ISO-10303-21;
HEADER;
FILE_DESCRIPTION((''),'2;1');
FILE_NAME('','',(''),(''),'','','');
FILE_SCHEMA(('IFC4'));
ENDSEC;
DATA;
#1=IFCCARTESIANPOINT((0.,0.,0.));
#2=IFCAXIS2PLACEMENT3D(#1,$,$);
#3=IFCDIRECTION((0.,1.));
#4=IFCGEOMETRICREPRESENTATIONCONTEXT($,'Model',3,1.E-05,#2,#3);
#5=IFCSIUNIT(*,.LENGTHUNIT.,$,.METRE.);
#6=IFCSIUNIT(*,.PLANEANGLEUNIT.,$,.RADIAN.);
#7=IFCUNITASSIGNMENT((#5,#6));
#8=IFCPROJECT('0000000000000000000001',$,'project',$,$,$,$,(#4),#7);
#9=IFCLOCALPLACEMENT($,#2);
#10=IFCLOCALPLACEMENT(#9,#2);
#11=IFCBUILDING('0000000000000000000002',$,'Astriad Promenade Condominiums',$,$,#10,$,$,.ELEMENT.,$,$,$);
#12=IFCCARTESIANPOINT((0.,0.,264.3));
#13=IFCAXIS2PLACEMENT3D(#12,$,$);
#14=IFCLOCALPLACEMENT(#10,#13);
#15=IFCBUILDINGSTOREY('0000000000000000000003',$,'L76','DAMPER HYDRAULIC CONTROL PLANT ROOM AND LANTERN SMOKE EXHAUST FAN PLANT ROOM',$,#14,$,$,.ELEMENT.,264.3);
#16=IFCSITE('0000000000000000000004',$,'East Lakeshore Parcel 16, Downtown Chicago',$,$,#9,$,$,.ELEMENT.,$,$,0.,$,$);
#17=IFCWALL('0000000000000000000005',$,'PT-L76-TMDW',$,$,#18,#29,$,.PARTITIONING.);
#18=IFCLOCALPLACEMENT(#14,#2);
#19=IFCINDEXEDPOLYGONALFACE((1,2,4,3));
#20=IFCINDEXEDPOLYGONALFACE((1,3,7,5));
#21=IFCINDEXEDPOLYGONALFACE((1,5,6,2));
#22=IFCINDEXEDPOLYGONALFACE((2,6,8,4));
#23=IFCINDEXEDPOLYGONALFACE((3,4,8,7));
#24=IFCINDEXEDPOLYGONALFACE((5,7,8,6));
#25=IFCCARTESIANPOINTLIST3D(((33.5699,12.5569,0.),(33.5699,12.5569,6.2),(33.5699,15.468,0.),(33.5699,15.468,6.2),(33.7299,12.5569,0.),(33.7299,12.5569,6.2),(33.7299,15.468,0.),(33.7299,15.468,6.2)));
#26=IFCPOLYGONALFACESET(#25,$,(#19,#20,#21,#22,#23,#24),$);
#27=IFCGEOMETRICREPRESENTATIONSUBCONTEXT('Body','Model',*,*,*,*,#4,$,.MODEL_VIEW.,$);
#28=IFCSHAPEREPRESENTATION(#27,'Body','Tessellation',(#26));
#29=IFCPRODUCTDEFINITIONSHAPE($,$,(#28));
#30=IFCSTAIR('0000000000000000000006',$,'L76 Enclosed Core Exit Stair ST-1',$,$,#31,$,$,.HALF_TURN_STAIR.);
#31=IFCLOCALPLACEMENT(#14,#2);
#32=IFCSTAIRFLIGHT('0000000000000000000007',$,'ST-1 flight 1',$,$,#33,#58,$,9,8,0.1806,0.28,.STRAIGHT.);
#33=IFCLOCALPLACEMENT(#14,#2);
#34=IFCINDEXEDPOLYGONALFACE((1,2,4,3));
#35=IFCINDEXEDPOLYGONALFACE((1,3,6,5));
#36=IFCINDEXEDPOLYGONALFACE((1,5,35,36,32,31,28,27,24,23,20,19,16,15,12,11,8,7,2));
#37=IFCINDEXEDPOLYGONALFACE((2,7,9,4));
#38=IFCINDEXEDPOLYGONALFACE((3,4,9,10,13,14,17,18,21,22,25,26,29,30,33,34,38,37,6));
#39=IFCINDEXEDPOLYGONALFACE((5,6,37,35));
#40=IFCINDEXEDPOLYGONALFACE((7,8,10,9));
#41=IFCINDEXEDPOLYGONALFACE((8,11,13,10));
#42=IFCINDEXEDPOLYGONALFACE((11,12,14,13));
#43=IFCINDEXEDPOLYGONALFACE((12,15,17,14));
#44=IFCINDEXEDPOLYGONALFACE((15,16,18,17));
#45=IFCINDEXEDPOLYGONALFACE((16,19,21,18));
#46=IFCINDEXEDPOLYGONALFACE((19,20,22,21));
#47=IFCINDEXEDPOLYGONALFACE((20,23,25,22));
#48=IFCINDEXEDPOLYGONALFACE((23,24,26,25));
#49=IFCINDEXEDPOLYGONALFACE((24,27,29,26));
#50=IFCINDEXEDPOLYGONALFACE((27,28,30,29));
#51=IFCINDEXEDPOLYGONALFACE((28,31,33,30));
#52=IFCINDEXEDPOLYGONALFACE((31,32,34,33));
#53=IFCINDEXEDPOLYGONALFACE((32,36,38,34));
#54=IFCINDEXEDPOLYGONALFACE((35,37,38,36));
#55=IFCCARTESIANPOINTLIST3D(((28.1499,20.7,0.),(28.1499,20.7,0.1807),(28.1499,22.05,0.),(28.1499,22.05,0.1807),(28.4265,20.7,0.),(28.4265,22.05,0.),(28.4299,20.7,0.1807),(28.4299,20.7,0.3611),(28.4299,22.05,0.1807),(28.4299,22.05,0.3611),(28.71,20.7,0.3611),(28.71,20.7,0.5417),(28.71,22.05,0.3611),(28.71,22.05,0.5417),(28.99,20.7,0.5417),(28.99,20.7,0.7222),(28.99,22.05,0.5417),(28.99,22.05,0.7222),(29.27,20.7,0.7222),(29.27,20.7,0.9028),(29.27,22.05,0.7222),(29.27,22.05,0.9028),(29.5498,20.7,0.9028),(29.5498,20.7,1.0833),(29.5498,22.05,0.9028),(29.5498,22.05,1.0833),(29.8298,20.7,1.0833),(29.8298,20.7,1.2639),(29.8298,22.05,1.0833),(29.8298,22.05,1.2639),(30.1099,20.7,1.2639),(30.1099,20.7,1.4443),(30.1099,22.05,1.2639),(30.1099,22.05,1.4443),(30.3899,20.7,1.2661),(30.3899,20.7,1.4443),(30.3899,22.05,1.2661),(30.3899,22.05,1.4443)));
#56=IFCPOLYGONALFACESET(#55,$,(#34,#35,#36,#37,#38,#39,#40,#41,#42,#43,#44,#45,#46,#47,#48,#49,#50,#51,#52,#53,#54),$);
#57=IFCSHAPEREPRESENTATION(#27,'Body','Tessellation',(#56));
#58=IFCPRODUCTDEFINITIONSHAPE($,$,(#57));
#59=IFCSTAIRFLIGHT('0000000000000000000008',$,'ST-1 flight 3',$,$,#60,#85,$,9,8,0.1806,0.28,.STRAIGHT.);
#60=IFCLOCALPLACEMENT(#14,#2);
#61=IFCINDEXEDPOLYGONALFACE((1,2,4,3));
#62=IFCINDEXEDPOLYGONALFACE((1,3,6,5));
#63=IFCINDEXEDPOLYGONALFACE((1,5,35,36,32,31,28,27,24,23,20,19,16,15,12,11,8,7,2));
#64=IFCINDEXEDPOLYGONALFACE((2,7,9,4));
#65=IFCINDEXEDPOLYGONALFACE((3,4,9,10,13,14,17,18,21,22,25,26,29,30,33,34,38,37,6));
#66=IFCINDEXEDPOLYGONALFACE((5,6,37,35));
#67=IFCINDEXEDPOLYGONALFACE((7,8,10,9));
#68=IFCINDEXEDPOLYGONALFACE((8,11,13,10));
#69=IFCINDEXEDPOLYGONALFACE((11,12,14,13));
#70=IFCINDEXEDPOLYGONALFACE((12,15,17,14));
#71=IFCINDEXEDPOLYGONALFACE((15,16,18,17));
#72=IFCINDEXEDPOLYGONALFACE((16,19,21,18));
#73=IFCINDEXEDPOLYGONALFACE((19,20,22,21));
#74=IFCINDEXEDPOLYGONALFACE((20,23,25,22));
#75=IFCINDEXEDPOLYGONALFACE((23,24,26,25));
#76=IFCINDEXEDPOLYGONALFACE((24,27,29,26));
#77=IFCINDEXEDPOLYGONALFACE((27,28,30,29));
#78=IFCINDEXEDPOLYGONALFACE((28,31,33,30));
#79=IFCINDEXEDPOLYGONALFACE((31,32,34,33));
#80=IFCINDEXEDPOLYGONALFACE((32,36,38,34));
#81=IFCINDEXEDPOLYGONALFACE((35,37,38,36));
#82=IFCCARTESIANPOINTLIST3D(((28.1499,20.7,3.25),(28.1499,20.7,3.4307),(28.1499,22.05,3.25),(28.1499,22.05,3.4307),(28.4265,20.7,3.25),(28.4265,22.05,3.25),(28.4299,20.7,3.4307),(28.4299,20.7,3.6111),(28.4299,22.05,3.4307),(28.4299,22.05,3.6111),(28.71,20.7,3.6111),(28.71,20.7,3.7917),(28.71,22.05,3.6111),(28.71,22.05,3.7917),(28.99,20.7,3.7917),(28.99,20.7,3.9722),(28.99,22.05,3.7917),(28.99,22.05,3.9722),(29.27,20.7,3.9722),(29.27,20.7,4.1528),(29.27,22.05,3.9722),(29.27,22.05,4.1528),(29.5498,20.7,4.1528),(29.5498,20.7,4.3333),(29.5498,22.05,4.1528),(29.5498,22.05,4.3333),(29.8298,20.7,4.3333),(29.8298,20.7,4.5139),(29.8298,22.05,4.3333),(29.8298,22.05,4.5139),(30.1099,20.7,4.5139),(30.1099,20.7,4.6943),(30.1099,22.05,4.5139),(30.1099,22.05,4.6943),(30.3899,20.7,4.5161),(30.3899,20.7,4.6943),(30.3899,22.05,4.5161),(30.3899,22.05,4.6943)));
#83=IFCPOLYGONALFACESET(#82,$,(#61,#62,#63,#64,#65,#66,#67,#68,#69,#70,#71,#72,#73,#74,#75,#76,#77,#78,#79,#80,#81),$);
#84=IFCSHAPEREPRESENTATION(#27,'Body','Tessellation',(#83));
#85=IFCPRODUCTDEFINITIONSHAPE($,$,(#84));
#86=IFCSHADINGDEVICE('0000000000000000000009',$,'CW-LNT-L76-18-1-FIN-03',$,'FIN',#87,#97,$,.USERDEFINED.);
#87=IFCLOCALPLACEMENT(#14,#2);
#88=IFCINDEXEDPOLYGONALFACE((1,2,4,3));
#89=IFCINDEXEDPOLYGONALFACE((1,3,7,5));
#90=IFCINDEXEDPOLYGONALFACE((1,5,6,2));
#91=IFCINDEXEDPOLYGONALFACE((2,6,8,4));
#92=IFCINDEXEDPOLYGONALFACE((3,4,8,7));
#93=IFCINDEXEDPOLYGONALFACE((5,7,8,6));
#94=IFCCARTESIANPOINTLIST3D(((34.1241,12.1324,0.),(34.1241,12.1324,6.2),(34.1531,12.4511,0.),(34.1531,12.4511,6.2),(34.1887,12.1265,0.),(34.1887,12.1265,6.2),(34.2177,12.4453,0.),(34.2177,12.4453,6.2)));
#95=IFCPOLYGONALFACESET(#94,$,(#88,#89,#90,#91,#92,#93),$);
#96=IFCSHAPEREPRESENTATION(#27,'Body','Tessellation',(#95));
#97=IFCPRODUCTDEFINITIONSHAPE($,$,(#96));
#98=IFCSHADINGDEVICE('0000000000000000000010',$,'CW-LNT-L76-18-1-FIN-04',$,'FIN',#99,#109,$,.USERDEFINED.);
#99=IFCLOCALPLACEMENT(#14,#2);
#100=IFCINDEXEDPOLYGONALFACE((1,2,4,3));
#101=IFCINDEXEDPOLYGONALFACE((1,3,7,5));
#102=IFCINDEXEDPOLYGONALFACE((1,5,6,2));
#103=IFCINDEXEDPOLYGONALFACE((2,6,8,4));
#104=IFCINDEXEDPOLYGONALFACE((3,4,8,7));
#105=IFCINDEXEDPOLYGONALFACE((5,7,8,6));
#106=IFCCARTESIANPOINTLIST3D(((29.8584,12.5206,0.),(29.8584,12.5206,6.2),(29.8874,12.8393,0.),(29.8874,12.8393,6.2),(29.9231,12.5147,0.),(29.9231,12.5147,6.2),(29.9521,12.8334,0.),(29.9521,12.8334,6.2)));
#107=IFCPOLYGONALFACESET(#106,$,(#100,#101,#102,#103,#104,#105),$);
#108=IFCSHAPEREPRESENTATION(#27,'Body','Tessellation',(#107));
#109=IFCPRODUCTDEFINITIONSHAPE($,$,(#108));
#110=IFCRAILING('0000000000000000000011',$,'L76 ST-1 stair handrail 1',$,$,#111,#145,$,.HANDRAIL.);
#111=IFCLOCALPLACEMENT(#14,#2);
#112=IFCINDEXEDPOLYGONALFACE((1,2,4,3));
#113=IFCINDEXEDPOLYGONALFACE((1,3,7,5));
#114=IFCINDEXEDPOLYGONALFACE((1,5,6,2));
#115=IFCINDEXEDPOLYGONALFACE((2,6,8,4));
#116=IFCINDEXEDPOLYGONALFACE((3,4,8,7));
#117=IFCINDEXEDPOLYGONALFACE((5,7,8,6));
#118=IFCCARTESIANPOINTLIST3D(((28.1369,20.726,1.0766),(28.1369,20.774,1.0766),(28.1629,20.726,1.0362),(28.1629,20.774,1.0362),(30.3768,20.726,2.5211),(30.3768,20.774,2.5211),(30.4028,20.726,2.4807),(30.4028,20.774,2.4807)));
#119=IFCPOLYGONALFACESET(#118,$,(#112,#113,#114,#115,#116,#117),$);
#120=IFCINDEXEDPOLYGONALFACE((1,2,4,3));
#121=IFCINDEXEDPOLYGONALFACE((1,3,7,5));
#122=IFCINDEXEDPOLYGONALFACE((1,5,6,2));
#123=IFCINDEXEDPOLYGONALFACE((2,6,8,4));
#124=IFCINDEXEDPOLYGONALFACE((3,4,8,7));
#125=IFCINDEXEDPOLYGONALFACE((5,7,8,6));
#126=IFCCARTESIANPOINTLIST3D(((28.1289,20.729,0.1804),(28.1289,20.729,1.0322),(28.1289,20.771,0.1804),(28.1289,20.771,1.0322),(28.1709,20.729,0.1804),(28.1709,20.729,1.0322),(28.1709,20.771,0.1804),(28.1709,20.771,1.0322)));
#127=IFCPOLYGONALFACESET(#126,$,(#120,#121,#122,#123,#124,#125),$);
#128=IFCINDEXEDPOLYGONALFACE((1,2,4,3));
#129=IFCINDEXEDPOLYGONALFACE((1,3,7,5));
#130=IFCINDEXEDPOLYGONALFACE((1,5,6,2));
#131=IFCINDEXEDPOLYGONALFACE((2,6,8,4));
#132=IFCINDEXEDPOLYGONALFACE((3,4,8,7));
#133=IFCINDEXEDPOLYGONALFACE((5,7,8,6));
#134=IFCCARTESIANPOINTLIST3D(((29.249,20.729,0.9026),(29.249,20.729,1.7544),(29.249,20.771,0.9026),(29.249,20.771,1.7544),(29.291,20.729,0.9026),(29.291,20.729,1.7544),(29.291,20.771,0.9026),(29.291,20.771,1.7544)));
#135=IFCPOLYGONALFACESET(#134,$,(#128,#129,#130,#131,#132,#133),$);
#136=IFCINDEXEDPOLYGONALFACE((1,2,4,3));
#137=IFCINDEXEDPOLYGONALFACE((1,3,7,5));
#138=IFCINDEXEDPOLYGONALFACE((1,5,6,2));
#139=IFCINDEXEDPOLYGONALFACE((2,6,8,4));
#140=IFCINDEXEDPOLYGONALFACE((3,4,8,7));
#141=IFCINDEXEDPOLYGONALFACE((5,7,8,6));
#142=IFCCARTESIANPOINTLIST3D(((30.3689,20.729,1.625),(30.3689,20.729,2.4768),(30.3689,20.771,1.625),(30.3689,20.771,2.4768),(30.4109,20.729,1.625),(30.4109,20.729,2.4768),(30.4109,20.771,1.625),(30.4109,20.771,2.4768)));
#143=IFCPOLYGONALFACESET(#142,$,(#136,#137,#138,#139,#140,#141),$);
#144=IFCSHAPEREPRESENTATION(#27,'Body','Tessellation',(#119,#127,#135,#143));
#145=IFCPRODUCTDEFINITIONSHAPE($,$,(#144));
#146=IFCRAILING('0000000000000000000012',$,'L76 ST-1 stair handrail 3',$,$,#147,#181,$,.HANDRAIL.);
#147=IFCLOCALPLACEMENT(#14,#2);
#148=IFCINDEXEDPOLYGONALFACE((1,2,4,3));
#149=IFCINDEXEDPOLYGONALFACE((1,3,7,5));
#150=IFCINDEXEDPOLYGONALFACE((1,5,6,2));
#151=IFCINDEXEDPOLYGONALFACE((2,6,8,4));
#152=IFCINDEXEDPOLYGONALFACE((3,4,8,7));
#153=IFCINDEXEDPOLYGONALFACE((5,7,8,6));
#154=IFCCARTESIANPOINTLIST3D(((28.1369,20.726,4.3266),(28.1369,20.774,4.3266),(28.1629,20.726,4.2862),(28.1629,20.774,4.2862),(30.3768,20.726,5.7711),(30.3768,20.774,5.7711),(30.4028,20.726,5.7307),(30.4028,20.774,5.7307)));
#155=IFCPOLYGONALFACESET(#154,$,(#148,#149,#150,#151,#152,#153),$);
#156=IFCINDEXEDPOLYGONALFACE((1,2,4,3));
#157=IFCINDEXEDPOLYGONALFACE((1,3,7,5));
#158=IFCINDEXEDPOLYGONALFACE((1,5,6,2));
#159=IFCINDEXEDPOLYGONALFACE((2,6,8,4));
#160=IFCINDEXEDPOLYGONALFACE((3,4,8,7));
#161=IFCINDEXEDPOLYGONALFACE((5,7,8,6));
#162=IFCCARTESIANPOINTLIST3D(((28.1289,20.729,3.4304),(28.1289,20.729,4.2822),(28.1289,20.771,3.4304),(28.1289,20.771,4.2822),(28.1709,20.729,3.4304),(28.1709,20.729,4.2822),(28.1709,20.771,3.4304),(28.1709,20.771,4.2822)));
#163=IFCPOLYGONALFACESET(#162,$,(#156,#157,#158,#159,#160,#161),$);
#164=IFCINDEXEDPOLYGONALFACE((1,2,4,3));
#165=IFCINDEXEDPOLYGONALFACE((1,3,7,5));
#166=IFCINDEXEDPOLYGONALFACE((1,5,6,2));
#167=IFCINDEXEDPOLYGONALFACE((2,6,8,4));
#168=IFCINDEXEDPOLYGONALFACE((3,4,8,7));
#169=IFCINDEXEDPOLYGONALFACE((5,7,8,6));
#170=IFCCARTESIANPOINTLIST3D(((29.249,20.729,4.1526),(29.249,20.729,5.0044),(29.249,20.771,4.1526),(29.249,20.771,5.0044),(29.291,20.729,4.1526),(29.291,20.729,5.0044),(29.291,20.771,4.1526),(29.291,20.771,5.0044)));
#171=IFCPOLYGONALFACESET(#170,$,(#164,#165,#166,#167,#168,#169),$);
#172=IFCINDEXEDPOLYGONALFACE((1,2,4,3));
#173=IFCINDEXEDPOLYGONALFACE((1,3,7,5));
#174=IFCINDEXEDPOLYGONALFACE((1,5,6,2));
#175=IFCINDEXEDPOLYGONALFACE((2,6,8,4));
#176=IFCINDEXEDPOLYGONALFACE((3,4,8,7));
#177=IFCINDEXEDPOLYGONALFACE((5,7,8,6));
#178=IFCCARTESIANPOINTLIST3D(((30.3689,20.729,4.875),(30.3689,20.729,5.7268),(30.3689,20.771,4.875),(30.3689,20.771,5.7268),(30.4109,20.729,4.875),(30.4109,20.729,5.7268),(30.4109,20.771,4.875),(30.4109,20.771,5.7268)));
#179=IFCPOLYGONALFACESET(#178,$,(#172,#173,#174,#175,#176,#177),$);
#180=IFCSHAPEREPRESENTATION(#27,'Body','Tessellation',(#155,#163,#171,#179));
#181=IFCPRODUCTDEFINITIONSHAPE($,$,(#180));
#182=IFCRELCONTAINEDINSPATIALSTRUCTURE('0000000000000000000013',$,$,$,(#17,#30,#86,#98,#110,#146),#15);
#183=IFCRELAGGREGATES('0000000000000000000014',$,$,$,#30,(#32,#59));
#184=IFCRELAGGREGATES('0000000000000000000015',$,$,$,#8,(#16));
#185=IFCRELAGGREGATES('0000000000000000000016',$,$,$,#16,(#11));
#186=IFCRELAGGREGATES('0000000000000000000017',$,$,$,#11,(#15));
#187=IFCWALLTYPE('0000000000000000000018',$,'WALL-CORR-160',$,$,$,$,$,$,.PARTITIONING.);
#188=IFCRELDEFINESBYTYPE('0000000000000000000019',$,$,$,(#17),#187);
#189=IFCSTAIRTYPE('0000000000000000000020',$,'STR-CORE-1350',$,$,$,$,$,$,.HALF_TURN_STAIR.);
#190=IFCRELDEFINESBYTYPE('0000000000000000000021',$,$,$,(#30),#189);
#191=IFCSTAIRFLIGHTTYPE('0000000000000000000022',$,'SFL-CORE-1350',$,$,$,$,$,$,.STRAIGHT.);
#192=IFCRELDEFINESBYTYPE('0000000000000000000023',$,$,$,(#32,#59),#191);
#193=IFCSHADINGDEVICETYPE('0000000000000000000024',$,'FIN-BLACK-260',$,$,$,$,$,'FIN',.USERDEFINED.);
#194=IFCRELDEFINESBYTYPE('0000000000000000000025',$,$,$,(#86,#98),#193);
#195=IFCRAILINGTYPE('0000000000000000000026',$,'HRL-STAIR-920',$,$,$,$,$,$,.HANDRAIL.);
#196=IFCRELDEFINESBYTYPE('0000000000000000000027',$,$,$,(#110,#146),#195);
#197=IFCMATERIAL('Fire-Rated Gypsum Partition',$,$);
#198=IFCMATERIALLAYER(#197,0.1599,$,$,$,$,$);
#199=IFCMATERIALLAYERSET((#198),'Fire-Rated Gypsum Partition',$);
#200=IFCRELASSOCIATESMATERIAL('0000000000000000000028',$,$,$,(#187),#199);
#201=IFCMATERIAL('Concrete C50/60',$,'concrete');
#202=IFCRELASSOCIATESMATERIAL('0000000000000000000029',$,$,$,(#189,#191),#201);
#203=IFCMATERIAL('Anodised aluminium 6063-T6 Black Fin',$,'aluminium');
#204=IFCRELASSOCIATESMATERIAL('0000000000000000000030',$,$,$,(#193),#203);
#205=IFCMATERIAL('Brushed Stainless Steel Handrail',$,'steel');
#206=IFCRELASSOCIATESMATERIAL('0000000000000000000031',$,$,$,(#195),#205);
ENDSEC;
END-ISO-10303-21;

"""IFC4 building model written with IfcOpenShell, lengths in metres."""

from ifc_helpers import new_model, si_unit, direction, frame, frame_2d, origin, origin_2d, place, context, subcontext, project, spatial, polyline, rectangle, outline, extrude, source, transform, mapped, material, layer, layer_set, type_object, type_shapes, element, aggregate, save


model = new_model("IFC4")

# Units and contexts
model_context = context("Model", 3, precision=1e-05, world=origin(), true_north=direction((0.0, 1.0)))
body_context = subcontext(model_context, "Body", "Model", "MODEL_VIEW")
ifc_project = project(units=[si_unit("LENGTHUNIT", "METRE"), si_unit("PLANEANGLEUNIT", "RADIAN")], contexts=[model_context])

# Site, building, storey
site_placement = place(None, origin())
site = spatial("IfcSite", under=ifc_project, at=site_placement, Name="East Lakeshore Parcel 16, Downtown Chicago", CompositionType="ELEMENT", RefElevation=0.0)
building_placement = place(site_placement, origin())
building = spatial("IfcBuilding", under=site, at=building_placement, Name="Astriad Promenade Condominiums", CompositionType="ELEMENT")
storey_placement = place(building_placement, frame((0.0, 0.0, 264.3)))
storey = spatial("IfcBuildingStorey", under=building, at=storey_placement, Name="L76", Description="DAMPER HYDRAULIC CONTROL PLANT ROOM AND LANTERN SMOKE EXHAUST FAN PLANT ROOM", CompositionType="ELEMENT", Elevation=264.3)

# Shared definitions
ifc_material_1 = material(Name="Concrete C50/60", Category="concrete")

# Wall
ifc_material_2 = material(Name="Fire-Rated Gypsum Partition")
ifc_layer_1 = layer(ifc_material_2, 0.1599)
ifc_layer_set_1 = layer_set([ifc_layer_1], Name="Fire-Rated Gypsum Partition")
wall_type_1 = type_object("IfcWallType", Name="WALL-CORR-160", PredefinedType="PARTITIONING", material=ifc_layer_set_1)
wall_1_placement = place(storey_placement, frame((33.6499, 12.5569, 0.0), z_axis=(0.0, 0.0, 1.0), x_axis=(0.0, 1.0, 0.0)))
element("IfcWall", 1, at=wall_1_placement, inside=storey, type_object=wall_type_1, Name="PT-L76-TMDW", PredefinedType="PARTITIONING", context=body_context, shape_type="SweptSolid", body=[
    extrude(rectangle(XDim=2.9111, YDim=0.1599, at=frame_2d((1.4556, 0.0))), origin(), (0.0, 0.0, 1.0), 6.2),
])

# Stair, stair flights
stair_type = type_object("IfcStairType", Name="STR-CORE-1350", PredefinedType="HALF_TURN_STAIR", material=ifc_material_1)
stair_placement = place(storey_placement, origin())
stair = element("IfcStair", 2, at=stair_placement, inside=storey, type_object=stair_type, Name="L76 Enclosed Core Exit Stair ST-1", PredefinedType="HALF_TURN_STAIR")
stair_flight_type = type_object("IfcStairFlightType", Name="SFL-CORE-1350", PredefinedType="STRAIGHT", material=ifc_material_1)
shared_shape_1 = source(origin(), body_context, "Body", "SweptSolid", [
    extrude(outline(polyline([(0.0, 0.0), (0.0, 0.1807), (0.28, 0.1807), (0.28, 0.3611), (0.5601, 0.3611), (0.5601, 0.5417), (0.8401, 0.5417), (0.8401, 0.7222), (1.1201, 0.7222), (1.1201, 0.9028), (1.3999, 0.9028), (1.3999, 1.0833), (1.6799, 1.0833), (1.6799, 1.2639), (1.96, 1.2639), (1.96, 1.4443), (2.24, 1.4443), (2.24, 1.625), (2.24, 1.2661), (0.2766, 0.0), (0.0, 0.0)])), frame((0.0, 0.675, 0.0), z_axis=(0.0, -1.0, 0.0), x_axis=(1.0, 0.0, 0.0)), (0.0, 0.0, 1.0), 1.3501),
])
type_shapes(stair_flight_type, [shared_shape_1])
stair_flight_1_placement = place(storey_placement, frame((28.1499, 21.375, 0.0), z_axis=(0.0, 0.0, 1.0), x_axis=(1.0, 0.0, 0.0)))
stair_flight_1 = element("IfcStairFlight", 3, at=stair_flight_1_placement, type_object=stair_flight_type, Name="ST-1 flight 1", NumberOfRisers=9, NumberOfTreads=8, PredefinedType="STRAIGHT", RiserHeight=0.1806, TreadLength=0.28, context=body_context, shape_type="MappedRepresentation", body=[
    mapped(shared_shape_1, transform((0.0, 0.0, 0.0), scale=1.0)),
])
stair_flight_2_placement = place(storey_placement, frame((28.1499, 21.375, 3.25), z_axis=(0.0, 0.0, 1.0), x_axis=(1.0, 0.0, 0.0)))
stair_flight_2 = element("IfcStairFlight", 4, at=stair_flight_2_placement, type_object=stair_flight_type, Name="ST-1 flight 3", NumberOfRisers=9, NumberOfTreads=8, PredefinedType="STRAIGHT", RiserHeight=0.1806, TreadLength=0.28, context=body_context, shape_type="MappedRepresentation", body=[
    mapped(shared_shape_1, transform((0.0, 0.0, 0.0), scale=1.0)),
])
aggregate(stair, [stair_flight_1, stair_flight_2])

# Shading devices
ifc_material_3 = material(Name="Anodised aluminium 6063-T6 Black Fin", Category="aluminium")
shading_device_type = type_object("IfcShadingDeviceType", Name="FIN-BLACK-260", ElementType="FIN", PredefinedType="USERDEFINED", material=ifc_material_3)
shared_shape_2 = source(origin(), body_context, "Body", "SweptSolid", [
    extrude(rectangle(XDim=0.0649, YDim=0.3201, at=origin_2d()), origin(), (0.0, 0.0, 1.0), 6.2),
])
type_shapes(shading_device_type, [shared_shape_2])
for number, where, z_axis, x_axis, name in (
    (5, (34.1709, 12.2888, 0.0), (0.0, 0.0, 1.0), (-0.995884, 0.090633, 0.0), "CW-LNT-L76-18-1-FIN-03"),
    (6, (29.9053, 12.677, 0.0), (0.0, 0.0, 1.0), (-0.995884, 0.090633, 0.0), "CW-LNT-L76-18-1-FIN-04"),
):
    element("IfcShadingDevice", number, at=place(storey_placement, frame(where, z_axis=z_axis, x_axis=x_axis)), inside=storey, type_object=shading_device_type, Name=name, ObjectType="FIN", PredefinedType="USERDEFINED", context=body_context, shape_type="MappedRepresentation", body=[
        mapped(shared_shape_2, transform((0.0, 0.0, 0.0), scale=1.0)),
    ])

# Railings
ifc_material_4 = material(Name="Brushed Stainless Steel Handrail", Category="steel")
railing_type = type_object("IfcRailingType", Name="HRL-STAIR-920", PredefinedType="HANDRAIL", material=ifc_material_4)
shared_shape_3 = source(origin(), body_context, "Body", "SweptSolid", [
    extrude(rectangle(XDim=0.0481, YDim=0.0481, at=origin_2d()), frame((0.0, 0.0, 0.876), z_axis=(0.840395, 0.0, 0.541975), x_axis=(0.0, 1.0, 0.0)), (0.0, 0.0, 1.0), 2.6653),
    extrude(rectangle(XDim=0.042, YDim=0.042, at=origin_2d()), origin(), (0.0, 0.0, 1.0), 0.8518),
    extrude(rectangle(XDim=0.042, YDim=0.042, at=origin_2d()), frame((1.1201, 0.0, 0.7222)), (0.0, 0.0, 1.0), 0.8518),
    extrude(rectangle(XDim=0.042, YDim=0.042, at=origin_2d()), frame((2.24, 0.0, 1.4446)), (0.0, 0.0, 1.0), 0.8518),
])
type_shapes(railing_type, [shared_shape_3])
for number, where, name in (
    (7, (28.1499, 20.75, 0.1804), "L76 ST-1 stair handrail 1"),
    (8, (28.1499, 20.75, 3.4304), "L76 ST-1 stair handrail 3"),
):
    element("IfcRailing", number, at=place(storey_placement, frame(where)), inside=storey, type_object=railing_type, Name=name, PredefinedType="HANDRAIL", context=body_context, shape_type="MappedRepresentation", body=[
        mapped(shared_shape_3, transform((0.0, 0.0, 0.0), scale=1.0)),
    ])

save(model, "model.ifc")
